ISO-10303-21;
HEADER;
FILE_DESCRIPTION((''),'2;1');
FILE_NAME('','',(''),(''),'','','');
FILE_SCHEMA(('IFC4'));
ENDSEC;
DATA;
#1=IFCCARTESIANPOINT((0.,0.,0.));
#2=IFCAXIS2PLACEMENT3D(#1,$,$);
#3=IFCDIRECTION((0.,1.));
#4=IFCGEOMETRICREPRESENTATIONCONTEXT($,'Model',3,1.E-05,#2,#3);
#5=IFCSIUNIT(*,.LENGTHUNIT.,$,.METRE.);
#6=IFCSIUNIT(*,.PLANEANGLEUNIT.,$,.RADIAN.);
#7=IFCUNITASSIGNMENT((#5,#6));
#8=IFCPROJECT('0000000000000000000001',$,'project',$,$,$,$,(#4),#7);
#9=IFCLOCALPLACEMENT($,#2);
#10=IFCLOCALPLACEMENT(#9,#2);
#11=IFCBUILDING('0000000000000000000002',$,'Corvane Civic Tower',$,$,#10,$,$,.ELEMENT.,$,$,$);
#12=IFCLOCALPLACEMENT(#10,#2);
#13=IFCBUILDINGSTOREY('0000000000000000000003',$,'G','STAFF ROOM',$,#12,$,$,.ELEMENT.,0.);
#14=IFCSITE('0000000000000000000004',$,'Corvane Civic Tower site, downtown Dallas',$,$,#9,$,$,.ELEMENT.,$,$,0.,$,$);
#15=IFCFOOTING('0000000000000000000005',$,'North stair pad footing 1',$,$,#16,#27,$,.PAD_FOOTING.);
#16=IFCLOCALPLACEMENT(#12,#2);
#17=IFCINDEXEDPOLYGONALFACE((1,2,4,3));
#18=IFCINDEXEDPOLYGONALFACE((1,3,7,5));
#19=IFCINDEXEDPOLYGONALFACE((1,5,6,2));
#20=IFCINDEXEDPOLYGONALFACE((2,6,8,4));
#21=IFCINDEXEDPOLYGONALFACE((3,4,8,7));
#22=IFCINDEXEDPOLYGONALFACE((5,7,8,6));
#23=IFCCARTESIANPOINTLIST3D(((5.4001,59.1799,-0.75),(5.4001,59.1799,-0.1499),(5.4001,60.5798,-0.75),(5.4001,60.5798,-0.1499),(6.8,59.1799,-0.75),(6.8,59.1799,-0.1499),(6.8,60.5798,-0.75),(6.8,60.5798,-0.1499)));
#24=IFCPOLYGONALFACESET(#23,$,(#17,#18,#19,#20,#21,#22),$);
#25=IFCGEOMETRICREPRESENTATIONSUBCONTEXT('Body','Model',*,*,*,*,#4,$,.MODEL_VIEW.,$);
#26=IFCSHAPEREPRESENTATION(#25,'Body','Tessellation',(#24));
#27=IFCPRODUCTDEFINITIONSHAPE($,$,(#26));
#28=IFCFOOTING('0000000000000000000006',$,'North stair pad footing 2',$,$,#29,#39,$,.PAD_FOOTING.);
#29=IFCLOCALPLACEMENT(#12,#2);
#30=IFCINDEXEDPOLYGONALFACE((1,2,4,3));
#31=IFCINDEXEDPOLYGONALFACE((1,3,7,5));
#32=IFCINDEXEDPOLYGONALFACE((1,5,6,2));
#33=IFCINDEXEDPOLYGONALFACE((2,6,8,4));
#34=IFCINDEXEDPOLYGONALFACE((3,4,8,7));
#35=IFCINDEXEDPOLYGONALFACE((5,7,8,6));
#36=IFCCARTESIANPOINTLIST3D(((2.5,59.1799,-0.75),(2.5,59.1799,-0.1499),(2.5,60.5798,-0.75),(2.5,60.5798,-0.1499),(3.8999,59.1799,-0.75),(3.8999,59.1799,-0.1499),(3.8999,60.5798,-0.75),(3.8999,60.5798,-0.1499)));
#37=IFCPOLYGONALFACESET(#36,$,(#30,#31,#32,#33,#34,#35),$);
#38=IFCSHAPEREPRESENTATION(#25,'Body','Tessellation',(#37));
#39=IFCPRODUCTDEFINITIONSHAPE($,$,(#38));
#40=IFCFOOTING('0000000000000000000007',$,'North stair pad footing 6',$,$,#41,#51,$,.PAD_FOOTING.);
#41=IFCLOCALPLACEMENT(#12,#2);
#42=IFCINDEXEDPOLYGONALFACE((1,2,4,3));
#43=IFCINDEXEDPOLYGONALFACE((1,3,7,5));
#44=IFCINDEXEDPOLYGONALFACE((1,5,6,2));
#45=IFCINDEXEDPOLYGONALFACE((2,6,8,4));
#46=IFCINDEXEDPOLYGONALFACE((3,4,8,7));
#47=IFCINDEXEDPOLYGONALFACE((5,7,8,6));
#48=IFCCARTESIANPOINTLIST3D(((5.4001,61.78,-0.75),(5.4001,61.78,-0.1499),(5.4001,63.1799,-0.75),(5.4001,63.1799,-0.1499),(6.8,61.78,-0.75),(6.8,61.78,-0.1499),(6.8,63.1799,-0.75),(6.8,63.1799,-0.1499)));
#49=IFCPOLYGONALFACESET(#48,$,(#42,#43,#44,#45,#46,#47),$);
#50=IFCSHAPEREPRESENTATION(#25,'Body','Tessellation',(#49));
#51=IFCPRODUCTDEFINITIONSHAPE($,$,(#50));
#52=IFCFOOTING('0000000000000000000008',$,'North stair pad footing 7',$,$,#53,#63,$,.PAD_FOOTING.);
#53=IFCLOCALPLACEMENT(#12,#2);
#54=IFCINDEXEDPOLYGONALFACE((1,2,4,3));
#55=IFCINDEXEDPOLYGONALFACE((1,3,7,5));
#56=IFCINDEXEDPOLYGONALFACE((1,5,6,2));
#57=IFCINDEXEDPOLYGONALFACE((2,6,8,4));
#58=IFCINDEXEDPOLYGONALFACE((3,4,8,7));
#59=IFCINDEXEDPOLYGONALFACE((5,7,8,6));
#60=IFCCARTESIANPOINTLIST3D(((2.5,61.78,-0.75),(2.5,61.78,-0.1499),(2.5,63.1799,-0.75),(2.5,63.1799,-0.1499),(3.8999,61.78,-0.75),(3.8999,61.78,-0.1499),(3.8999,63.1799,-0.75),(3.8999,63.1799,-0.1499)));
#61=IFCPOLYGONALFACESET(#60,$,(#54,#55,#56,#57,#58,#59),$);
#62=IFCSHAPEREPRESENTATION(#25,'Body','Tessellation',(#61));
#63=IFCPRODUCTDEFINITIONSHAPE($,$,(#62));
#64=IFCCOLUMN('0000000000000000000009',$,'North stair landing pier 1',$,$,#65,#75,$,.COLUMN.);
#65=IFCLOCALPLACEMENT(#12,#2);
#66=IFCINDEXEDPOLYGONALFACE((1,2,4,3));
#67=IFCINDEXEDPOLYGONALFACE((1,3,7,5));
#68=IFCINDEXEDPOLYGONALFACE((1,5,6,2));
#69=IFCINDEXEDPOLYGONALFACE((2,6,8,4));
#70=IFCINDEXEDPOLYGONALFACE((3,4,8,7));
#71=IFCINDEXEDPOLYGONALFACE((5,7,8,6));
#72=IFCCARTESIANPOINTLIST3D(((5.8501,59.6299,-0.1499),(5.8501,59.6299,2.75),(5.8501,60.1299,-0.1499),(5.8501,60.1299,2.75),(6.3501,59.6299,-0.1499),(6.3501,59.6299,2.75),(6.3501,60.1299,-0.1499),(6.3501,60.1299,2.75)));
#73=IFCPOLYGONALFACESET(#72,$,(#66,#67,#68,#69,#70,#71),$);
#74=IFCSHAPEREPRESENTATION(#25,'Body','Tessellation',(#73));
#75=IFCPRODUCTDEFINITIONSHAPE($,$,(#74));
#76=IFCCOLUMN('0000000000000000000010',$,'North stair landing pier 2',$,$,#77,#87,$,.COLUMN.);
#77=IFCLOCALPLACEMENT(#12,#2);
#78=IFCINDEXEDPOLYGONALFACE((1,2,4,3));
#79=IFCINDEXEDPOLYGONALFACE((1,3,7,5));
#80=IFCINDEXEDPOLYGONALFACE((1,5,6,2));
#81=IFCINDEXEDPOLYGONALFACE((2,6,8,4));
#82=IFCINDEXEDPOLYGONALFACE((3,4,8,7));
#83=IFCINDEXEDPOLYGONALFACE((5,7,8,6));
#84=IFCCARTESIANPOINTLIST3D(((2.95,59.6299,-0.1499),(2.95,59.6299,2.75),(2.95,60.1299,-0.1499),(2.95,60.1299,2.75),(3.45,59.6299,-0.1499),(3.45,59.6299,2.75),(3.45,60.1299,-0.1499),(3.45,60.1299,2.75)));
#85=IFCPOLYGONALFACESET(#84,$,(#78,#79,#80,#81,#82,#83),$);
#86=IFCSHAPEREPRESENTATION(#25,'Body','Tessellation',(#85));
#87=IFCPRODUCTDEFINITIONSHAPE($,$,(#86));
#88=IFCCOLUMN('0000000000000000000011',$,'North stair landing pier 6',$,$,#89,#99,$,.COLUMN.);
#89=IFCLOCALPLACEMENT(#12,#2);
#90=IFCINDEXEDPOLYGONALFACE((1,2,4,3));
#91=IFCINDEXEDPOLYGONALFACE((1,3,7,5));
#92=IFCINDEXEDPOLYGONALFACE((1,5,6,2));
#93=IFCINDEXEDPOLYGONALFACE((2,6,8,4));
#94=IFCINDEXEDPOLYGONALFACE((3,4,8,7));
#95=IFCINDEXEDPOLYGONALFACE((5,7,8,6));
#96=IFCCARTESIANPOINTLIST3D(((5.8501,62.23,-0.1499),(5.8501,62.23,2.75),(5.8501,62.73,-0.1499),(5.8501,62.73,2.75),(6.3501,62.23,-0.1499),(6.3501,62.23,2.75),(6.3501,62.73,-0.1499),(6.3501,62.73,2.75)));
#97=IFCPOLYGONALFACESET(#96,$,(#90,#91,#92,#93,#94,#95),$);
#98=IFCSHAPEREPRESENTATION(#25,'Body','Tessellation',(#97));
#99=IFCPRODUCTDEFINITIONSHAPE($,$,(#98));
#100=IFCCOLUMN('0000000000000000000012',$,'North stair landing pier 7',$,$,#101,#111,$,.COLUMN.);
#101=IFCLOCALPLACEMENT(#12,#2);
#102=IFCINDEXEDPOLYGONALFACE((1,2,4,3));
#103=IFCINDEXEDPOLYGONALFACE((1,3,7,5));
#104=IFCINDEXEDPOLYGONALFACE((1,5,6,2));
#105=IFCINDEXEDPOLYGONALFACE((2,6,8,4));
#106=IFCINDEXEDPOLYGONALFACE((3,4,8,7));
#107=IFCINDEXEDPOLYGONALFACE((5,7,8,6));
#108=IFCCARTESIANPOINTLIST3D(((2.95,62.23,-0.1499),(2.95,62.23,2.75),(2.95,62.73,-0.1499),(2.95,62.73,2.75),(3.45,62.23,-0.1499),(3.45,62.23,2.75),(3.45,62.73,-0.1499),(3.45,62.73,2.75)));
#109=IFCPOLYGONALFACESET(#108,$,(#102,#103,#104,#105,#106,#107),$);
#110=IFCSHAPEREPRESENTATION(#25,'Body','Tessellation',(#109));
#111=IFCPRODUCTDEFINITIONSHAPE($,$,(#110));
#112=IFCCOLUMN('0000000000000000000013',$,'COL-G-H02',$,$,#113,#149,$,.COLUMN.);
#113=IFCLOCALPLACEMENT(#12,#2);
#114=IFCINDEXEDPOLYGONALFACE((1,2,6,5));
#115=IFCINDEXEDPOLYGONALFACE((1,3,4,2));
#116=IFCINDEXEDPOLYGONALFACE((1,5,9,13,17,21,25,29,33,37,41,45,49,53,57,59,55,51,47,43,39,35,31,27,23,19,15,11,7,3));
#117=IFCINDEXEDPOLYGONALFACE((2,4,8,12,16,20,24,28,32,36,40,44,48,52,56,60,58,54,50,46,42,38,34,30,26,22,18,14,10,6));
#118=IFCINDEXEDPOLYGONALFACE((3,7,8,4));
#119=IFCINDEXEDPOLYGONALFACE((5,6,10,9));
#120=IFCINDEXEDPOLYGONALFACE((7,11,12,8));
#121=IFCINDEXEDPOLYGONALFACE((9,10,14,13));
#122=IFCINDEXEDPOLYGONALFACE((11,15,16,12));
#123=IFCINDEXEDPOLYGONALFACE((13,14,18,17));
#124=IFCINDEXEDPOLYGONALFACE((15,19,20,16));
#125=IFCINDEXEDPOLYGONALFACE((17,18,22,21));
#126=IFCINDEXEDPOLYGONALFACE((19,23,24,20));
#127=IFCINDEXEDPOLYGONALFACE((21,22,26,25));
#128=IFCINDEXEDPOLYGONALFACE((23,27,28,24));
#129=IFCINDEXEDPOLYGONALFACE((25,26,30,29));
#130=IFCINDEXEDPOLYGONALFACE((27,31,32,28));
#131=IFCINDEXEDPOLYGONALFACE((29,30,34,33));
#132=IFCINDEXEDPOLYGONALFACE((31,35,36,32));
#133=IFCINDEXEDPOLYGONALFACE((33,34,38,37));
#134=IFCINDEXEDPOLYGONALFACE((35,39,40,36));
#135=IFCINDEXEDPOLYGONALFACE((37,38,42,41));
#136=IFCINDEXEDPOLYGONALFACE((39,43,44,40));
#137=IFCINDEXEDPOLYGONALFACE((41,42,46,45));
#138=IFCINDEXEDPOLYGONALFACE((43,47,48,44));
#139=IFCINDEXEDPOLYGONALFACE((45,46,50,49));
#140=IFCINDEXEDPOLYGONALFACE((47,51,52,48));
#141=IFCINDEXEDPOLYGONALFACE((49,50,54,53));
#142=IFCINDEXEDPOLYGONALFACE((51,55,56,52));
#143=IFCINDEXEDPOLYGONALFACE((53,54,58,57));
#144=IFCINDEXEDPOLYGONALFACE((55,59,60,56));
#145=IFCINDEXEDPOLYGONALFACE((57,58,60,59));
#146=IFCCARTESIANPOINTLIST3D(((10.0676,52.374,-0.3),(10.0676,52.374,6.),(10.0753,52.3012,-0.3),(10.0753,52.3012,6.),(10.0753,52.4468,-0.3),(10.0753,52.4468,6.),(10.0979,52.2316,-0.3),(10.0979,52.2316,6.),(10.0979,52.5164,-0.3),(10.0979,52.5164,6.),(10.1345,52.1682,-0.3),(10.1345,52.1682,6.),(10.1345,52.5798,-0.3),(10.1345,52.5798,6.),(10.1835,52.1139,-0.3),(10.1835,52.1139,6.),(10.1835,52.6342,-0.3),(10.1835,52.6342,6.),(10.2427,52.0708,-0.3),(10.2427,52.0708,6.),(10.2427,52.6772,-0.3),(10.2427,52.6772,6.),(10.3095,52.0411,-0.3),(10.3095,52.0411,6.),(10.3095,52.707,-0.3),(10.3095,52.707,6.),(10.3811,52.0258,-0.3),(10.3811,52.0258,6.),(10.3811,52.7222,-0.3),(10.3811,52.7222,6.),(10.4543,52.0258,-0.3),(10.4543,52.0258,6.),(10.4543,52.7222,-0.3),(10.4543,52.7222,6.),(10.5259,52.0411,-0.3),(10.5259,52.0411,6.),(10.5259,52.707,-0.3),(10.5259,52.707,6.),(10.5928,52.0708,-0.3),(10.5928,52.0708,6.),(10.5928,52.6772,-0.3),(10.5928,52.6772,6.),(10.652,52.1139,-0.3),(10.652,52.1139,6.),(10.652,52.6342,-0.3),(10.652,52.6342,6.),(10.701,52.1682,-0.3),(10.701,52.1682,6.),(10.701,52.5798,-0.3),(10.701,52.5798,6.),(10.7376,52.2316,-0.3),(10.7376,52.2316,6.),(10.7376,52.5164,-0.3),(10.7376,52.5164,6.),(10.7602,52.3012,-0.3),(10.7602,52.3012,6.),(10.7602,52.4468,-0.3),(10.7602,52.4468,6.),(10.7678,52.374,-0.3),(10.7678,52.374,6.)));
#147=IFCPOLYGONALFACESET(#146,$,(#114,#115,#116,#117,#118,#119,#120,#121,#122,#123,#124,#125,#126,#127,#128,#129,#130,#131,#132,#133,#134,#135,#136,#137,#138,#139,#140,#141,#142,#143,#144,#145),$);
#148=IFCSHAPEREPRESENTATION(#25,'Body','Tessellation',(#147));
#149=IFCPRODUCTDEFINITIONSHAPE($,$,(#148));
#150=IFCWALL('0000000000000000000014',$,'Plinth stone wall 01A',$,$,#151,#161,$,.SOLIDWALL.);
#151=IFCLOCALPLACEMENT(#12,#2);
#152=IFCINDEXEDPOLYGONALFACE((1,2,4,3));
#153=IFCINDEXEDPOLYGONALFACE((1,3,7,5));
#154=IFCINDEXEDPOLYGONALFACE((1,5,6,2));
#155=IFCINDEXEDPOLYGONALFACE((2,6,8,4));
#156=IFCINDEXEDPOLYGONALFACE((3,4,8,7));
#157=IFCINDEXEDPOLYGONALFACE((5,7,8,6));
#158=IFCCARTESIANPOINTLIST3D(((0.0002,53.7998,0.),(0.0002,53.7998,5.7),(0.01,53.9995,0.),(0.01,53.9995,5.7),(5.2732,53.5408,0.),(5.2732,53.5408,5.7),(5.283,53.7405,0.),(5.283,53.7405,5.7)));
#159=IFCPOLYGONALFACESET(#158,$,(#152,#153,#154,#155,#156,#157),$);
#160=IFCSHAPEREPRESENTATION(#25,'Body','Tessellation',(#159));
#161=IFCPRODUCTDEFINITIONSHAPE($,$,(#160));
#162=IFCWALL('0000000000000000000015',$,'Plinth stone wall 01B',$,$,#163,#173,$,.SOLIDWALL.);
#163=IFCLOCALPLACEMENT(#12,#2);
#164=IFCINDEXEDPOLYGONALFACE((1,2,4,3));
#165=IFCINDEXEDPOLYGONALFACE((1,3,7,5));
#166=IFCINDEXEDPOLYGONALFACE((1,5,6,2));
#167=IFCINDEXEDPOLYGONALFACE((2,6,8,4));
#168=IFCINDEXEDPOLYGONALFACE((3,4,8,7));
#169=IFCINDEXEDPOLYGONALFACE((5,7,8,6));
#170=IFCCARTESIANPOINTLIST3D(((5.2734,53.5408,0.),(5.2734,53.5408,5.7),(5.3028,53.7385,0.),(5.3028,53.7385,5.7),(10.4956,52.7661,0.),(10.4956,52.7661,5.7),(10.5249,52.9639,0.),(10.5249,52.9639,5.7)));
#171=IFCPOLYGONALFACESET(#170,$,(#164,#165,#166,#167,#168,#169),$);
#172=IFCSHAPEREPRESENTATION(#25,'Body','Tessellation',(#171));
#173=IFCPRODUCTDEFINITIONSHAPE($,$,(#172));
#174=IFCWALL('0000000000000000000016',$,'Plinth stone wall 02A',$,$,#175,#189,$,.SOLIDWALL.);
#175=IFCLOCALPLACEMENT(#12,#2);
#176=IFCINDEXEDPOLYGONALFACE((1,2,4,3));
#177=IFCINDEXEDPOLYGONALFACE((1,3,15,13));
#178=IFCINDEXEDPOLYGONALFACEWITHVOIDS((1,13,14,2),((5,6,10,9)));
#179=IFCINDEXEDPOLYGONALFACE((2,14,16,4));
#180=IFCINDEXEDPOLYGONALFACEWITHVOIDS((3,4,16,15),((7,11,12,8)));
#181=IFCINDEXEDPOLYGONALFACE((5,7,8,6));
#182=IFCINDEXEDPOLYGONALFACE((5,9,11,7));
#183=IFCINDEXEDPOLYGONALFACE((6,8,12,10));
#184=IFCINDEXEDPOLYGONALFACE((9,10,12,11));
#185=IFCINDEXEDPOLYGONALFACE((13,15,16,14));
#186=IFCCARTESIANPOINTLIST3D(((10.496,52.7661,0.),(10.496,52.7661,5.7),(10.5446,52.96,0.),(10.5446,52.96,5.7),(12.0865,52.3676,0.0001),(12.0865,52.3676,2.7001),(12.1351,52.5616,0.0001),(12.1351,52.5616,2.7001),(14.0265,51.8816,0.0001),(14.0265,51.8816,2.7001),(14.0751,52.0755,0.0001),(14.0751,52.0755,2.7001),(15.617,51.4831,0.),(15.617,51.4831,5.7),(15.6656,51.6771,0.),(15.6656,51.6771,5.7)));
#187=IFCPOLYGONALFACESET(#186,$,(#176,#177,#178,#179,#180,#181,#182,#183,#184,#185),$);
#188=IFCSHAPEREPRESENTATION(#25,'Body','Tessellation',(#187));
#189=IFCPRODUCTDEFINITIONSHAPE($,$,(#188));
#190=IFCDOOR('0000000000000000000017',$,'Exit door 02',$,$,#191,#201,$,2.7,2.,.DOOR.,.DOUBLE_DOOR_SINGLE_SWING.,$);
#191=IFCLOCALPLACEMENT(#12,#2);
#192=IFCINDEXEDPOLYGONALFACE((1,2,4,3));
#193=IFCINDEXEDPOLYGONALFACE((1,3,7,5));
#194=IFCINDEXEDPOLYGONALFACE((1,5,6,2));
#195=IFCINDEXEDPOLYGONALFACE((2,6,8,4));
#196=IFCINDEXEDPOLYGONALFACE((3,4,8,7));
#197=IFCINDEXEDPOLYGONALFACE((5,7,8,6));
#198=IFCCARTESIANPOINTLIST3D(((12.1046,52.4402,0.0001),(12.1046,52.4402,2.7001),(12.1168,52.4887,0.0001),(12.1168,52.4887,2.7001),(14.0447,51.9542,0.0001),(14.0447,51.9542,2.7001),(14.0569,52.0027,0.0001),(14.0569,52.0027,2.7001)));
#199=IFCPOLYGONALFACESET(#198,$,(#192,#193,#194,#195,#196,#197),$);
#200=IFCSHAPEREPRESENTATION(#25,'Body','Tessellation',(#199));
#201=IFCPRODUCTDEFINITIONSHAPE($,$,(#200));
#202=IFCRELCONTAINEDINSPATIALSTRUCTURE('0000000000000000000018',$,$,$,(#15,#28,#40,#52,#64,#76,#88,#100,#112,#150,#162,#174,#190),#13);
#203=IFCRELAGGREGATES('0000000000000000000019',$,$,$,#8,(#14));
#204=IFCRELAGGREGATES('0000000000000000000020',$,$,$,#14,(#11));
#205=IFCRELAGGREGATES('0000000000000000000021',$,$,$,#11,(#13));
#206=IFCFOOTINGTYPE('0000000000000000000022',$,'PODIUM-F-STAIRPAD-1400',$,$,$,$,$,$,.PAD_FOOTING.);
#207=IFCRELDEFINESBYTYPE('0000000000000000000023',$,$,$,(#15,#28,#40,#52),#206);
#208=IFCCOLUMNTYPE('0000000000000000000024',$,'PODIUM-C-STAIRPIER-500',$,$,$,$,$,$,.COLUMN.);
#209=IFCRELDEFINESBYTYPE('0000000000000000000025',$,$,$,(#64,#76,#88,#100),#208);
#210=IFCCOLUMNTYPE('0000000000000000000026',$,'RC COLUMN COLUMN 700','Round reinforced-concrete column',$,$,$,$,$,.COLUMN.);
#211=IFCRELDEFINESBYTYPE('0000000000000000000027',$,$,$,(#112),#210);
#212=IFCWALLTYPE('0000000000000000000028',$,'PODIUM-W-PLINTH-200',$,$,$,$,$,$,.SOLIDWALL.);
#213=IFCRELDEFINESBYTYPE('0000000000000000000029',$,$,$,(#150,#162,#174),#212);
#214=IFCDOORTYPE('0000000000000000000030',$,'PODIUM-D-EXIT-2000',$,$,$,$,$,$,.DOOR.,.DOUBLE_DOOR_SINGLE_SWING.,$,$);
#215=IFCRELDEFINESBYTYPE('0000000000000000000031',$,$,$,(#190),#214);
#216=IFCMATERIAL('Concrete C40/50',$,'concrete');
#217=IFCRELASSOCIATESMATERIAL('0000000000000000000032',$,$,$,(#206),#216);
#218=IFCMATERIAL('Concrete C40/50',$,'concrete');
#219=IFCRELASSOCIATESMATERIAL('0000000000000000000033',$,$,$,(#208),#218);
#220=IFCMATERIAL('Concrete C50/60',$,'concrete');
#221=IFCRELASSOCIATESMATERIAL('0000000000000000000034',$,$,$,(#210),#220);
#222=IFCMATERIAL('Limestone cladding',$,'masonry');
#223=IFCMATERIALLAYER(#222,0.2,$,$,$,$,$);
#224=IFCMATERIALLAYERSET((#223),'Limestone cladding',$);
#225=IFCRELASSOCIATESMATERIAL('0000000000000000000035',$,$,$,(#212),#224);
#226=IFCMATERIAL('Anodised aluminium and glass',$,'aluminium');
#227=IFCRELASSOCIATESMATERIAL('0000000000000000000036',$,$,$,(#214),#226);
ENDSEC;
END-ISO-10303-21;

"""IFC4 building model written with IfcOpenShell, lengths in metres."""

from ifc_helpers import new_model, si_unit, direction, frame, frame_2d, origin, origin_2d, place, context, subcontext, project, spatial, rectangle, circle, extrude, material, layer, layer_set, material_profile, profile_set, type_object, element, fill, save


model = new_model("IFC4")

# Units and contexts
model_context = context("Model", 3, precision=1e-05, world=origin(), true_north=direction((0.0, 1.0)))
body_context = subcontext(model_context, "Body", "Model", "MODEL_VIEW")
ifc_project = project(units=[si_unit("LENGTHUNIT", "METRE"), si_unit("PLANEANGLEUNIT", "RADIAN")], contexts=[model_context])

# Site, building, storey
site_placement = place(None, origin())
site = spatial("IfcSite", under=ifc_project, at=site_placement, Name="Corvane Civic Tower site, downtown Dallas", CompositionType="ELEMENT", RefElevation=0.0)
building_placement = place(site_placement, origin())
building = spatial("IfcBuilding", under=site, at=building_placement, Name="Corvane Civic Tower", CompositionType="ELEMENT")
storey_placement = place(building_placement, origin())
storey = spatial("IfcBuildingStorey", under=building, at=storey_placement, Name="G", Description="STAFF ROOM", CompositionType="ELEMENT", Elevation=0.0)

# Footings
ifc_material_1 = material(Name="Concrete C40/50", Category="concrete")
footing_type = type_object("IfcFootingType", Name="PODIUM-F-STAIRPAD-1400", PredefinedType="PAD_FOOTING", material=ifc_material_1)
for number, where, z_axis, x_axis, name in (
    (1, (6.1001, 59.8799, -0.75), (0.0, 0.0, 1.0), (0.0, 1.0, 0.0), "North stair pad footing 1"),
    (2, (3.2, 59.8799, -0.75), (0.0, 0.0, 1.0), (0.0, 1.0, 0.0), "North stair pad footing 2"),
    (3, (6.1001, 62.48, -0.75), (0.0, 0.0, 1.0), (0.0, 1.0, 0.0), "North stair pad footing 6"),
    (4, (3.2, 62.48, -0.75), (0.0, 0.0, 1.0), (0.0, 1.0, 0.0), "North stair pad footing 7"),
):
    element("IfcFooting", number, at=place(storey_placement, frame(where, z_axis=z_axis, x_axis=x_axis)), inside=storey, type_object=footing_type, Name=name, PredefinedType="PAD_FOOTING", context=body_context, shape_type="SweptSolid", body=[
        extrude(rectangle(XDim=1.3999, YDim=1.3999, at=origin_2d()), origin(), (0.0, 0.0, 1.0), 0.6001),
    ])

# Columns
ifc_material_2 = material(Name="Concrete C40/50", Category="concrete")
ifc_material_profile_1 = material_profile(ifc_material_2, rectangle(XDim=0.5, YDim=0.5, at=origin_2d()), Name="RC 500x500")
ifc_profile_set_1 = profile_set([ifc_material_profile_1], Name="Concrete C40/50")
column_type_1 = type_object("IfcColumnType", Name="PODIUM-C-STAIRPIER-500", PredefinedType="COLUMN", material=ifc_profile_set_1)
for number, where, z_axis, x_axis, name in (
    (5, (6.1001, 59.8799, -0.1499), (0.0, 0.0, 1.0), (0.0, 1.0, 0.0), "North stair landing pier 1"),
    (6, (3.2, 59.8799, -0.1499), (0.0, 0.0, 1.0), (0.0, 1.0, 0.0), "North stair landing pier 2"),
    (7, (6.1001, 62.48, -0.1499), (0.0, 0.0, 1.0), (0.0, 1.0, 0.0), "North stair landing pier 6"),
    (8, (3.2, 62.48, -0.1499), (0.0, 0.0, 1.0), (0.0, 1.0, 0.0), "North stair landing pier 7"),
):
    element("IfcColumn", number, at=place(storey_placement, frame(where, z_axis=z_axis, x_axis=x_axis)), inside=storey, type_object=column_type_1, Name=name, PredefinedType="COLUMN", context=body_context, shape_type="SweptSolid", body=[
        extrude(rectangle(XDim=0.5, YDim=0.5, at=origin_2d()), origin(), (0.0, 0.0, 1.0), 2.8999),
    ])
ifc_material_3 = material(Name="Concrete C50/60", Category="concrete")
ifc_material_profile_2 = material_profile(ifc_material_3, circle(Radius=0.3501, at=origin_2d()), Name="COLUMN 700")
ifc_profile_set_2 = profile_set([ifc_material_profile_2], Name="Concrete C50/60")
column_type_2 = type_object("IfcColumnType", Name="RC COLUMN COLUMN 700", Description="Round reinforced-concrete column", PredefinedType="COLUMN", material=ifc_profile_set_2)
column_placement = place(storey_placement, frame((10.4177, 52.374, -0.3), z_axis=(0.0, 0.0, 1.0), x_axis=(1.0, 0.0, 0.0)))
element("IfcColumn", 9, at=column_placement, inside=storey, type_object=column_type_2, Name="COL-G-H02", PredefinedType="COLUMN", context=body_context, shape_type="SweptSolid", body=[
    extrude(circle(Radius=0.3501, at=origin_2d()), origin(), (0.0, 0.0, 1.0), 6.3),
])

# Walls
ifc_material_4 = material(Name="Limestone cladding", Category="masonry")
ifc_layer = layer(ifc_material_4, 0.2)
ifc_layer_set = layer_set([ifc_layer], Name="Limestone cladding")
wall_type = type_object("IfcWallType", Name="PODIUM-W-PLINTH-200", PredefinedType="SOLIDWALL", material=ifc_layer_set)
for number, where, z_axis, x_axis, name in (
    (10, (0.0051, 53.8997, 0.0), (0.0, 0.0, 1.0), (0.998796, -0.049066, 0.0), "Plinth stone wall 01A"),
    (11, (5.2881, 53.6396, 0.0), (0.0, 0.0, 1.0), (0.989176, -0.146735, 0.0), "Plinth stone wall 01B"),
):
    element("IfcWall", number, at=place(storey_placement, frame(where, z_axis=z_axis, x_axis=x_axis)), inside=storey, type_object=wall_type, Name=name, PredefinedType="SOLIDWALL", context=body_context, shape_type="SweptSolid", body=[
        extrude(rectangle(XDim=5.2793, YDim=0.2, at=frame_2d((2.6396, 0.0))), origin(), (0.0, 0.0, 1.0), 5.7),
    ])

# Wall, opening, door
wall_1_placement = place(storey_placement, frame((10.5203, 52.863, 0.0), z_axis=(0.0, 0.0, 1.0), x_axis=(0.970023, -0.243014, 0.0)))
wall_1 = element("IfcWall", 12, at=wall_1_placement, inside=storey, type_object=wall_type, Name="Plinth stone wall 02A", PredefinedType="SOLIDWALL", context=body_context, shape_type="SweptSolid", body=[
    extrude(rectangle(XDim=5.2793, YDim=0.2, at=frame_2d((2.6396, 0.0))), origin(), (0.0, 0.0, 1.0), 5.7),
])
opening_1_placement = place(wall_1_placement, frame((1.6396, 0.0, 0.0)))
opening_1 = element("IfcOpeningElement", 13, at=opening_1_placement, cuts=wall_1, PredefinedType="OPENING", context=body_context, shape_type="SweptSolid", body=[
    extrude(rectangle(XDim=2.0, YDim=2.7, at=frame_2d((1.0, 1.3501))), frame((0.0, 0.1099, 0.0), z_axis=(0.0, -1.0, 0.0), x_axis=(1.0, 0.0, 0.0)), (0.0, 0.0, 1.0), 0.22),
])
ifc_material_5 = material(Name="Anodised aluminium and glass", Category="aluminium")
door_type = type_object("IfcDoorType", Name="PODIUM-D-EXIT-2000", OperationType="DOUBLE_DOOR_SINGLE_SWING", PredefinedType="DOOR", material=ifc_material_5)
door_placement = place(opening_1_placement, origin())
door = element("IfcDoor", 14, at=door_placement, inside=storey, type_object=door_type, Name="Exit door 02", OperationType="DOUBLE_DOOR_SINGLE_SWING", OverallHeight=2.7, OverallWidth=2.0, PredefinedType="DOOR", context=body_context, shape_type="SweptSolid", body=[
    extrude(rectangle(XDim=2.0, YDim=2.7, at=frame_2d((1.0, 1.3501))), frame((0.0, 0.0249, 0.0), z_axis=(0.0, -1.0, 0.0), x_axis=(1.0, 0.0, 0.0)), (0.0, 0.0, 1.0), 0.05),
])
fill(opening_1, door)

save(model, "model.ifc")
